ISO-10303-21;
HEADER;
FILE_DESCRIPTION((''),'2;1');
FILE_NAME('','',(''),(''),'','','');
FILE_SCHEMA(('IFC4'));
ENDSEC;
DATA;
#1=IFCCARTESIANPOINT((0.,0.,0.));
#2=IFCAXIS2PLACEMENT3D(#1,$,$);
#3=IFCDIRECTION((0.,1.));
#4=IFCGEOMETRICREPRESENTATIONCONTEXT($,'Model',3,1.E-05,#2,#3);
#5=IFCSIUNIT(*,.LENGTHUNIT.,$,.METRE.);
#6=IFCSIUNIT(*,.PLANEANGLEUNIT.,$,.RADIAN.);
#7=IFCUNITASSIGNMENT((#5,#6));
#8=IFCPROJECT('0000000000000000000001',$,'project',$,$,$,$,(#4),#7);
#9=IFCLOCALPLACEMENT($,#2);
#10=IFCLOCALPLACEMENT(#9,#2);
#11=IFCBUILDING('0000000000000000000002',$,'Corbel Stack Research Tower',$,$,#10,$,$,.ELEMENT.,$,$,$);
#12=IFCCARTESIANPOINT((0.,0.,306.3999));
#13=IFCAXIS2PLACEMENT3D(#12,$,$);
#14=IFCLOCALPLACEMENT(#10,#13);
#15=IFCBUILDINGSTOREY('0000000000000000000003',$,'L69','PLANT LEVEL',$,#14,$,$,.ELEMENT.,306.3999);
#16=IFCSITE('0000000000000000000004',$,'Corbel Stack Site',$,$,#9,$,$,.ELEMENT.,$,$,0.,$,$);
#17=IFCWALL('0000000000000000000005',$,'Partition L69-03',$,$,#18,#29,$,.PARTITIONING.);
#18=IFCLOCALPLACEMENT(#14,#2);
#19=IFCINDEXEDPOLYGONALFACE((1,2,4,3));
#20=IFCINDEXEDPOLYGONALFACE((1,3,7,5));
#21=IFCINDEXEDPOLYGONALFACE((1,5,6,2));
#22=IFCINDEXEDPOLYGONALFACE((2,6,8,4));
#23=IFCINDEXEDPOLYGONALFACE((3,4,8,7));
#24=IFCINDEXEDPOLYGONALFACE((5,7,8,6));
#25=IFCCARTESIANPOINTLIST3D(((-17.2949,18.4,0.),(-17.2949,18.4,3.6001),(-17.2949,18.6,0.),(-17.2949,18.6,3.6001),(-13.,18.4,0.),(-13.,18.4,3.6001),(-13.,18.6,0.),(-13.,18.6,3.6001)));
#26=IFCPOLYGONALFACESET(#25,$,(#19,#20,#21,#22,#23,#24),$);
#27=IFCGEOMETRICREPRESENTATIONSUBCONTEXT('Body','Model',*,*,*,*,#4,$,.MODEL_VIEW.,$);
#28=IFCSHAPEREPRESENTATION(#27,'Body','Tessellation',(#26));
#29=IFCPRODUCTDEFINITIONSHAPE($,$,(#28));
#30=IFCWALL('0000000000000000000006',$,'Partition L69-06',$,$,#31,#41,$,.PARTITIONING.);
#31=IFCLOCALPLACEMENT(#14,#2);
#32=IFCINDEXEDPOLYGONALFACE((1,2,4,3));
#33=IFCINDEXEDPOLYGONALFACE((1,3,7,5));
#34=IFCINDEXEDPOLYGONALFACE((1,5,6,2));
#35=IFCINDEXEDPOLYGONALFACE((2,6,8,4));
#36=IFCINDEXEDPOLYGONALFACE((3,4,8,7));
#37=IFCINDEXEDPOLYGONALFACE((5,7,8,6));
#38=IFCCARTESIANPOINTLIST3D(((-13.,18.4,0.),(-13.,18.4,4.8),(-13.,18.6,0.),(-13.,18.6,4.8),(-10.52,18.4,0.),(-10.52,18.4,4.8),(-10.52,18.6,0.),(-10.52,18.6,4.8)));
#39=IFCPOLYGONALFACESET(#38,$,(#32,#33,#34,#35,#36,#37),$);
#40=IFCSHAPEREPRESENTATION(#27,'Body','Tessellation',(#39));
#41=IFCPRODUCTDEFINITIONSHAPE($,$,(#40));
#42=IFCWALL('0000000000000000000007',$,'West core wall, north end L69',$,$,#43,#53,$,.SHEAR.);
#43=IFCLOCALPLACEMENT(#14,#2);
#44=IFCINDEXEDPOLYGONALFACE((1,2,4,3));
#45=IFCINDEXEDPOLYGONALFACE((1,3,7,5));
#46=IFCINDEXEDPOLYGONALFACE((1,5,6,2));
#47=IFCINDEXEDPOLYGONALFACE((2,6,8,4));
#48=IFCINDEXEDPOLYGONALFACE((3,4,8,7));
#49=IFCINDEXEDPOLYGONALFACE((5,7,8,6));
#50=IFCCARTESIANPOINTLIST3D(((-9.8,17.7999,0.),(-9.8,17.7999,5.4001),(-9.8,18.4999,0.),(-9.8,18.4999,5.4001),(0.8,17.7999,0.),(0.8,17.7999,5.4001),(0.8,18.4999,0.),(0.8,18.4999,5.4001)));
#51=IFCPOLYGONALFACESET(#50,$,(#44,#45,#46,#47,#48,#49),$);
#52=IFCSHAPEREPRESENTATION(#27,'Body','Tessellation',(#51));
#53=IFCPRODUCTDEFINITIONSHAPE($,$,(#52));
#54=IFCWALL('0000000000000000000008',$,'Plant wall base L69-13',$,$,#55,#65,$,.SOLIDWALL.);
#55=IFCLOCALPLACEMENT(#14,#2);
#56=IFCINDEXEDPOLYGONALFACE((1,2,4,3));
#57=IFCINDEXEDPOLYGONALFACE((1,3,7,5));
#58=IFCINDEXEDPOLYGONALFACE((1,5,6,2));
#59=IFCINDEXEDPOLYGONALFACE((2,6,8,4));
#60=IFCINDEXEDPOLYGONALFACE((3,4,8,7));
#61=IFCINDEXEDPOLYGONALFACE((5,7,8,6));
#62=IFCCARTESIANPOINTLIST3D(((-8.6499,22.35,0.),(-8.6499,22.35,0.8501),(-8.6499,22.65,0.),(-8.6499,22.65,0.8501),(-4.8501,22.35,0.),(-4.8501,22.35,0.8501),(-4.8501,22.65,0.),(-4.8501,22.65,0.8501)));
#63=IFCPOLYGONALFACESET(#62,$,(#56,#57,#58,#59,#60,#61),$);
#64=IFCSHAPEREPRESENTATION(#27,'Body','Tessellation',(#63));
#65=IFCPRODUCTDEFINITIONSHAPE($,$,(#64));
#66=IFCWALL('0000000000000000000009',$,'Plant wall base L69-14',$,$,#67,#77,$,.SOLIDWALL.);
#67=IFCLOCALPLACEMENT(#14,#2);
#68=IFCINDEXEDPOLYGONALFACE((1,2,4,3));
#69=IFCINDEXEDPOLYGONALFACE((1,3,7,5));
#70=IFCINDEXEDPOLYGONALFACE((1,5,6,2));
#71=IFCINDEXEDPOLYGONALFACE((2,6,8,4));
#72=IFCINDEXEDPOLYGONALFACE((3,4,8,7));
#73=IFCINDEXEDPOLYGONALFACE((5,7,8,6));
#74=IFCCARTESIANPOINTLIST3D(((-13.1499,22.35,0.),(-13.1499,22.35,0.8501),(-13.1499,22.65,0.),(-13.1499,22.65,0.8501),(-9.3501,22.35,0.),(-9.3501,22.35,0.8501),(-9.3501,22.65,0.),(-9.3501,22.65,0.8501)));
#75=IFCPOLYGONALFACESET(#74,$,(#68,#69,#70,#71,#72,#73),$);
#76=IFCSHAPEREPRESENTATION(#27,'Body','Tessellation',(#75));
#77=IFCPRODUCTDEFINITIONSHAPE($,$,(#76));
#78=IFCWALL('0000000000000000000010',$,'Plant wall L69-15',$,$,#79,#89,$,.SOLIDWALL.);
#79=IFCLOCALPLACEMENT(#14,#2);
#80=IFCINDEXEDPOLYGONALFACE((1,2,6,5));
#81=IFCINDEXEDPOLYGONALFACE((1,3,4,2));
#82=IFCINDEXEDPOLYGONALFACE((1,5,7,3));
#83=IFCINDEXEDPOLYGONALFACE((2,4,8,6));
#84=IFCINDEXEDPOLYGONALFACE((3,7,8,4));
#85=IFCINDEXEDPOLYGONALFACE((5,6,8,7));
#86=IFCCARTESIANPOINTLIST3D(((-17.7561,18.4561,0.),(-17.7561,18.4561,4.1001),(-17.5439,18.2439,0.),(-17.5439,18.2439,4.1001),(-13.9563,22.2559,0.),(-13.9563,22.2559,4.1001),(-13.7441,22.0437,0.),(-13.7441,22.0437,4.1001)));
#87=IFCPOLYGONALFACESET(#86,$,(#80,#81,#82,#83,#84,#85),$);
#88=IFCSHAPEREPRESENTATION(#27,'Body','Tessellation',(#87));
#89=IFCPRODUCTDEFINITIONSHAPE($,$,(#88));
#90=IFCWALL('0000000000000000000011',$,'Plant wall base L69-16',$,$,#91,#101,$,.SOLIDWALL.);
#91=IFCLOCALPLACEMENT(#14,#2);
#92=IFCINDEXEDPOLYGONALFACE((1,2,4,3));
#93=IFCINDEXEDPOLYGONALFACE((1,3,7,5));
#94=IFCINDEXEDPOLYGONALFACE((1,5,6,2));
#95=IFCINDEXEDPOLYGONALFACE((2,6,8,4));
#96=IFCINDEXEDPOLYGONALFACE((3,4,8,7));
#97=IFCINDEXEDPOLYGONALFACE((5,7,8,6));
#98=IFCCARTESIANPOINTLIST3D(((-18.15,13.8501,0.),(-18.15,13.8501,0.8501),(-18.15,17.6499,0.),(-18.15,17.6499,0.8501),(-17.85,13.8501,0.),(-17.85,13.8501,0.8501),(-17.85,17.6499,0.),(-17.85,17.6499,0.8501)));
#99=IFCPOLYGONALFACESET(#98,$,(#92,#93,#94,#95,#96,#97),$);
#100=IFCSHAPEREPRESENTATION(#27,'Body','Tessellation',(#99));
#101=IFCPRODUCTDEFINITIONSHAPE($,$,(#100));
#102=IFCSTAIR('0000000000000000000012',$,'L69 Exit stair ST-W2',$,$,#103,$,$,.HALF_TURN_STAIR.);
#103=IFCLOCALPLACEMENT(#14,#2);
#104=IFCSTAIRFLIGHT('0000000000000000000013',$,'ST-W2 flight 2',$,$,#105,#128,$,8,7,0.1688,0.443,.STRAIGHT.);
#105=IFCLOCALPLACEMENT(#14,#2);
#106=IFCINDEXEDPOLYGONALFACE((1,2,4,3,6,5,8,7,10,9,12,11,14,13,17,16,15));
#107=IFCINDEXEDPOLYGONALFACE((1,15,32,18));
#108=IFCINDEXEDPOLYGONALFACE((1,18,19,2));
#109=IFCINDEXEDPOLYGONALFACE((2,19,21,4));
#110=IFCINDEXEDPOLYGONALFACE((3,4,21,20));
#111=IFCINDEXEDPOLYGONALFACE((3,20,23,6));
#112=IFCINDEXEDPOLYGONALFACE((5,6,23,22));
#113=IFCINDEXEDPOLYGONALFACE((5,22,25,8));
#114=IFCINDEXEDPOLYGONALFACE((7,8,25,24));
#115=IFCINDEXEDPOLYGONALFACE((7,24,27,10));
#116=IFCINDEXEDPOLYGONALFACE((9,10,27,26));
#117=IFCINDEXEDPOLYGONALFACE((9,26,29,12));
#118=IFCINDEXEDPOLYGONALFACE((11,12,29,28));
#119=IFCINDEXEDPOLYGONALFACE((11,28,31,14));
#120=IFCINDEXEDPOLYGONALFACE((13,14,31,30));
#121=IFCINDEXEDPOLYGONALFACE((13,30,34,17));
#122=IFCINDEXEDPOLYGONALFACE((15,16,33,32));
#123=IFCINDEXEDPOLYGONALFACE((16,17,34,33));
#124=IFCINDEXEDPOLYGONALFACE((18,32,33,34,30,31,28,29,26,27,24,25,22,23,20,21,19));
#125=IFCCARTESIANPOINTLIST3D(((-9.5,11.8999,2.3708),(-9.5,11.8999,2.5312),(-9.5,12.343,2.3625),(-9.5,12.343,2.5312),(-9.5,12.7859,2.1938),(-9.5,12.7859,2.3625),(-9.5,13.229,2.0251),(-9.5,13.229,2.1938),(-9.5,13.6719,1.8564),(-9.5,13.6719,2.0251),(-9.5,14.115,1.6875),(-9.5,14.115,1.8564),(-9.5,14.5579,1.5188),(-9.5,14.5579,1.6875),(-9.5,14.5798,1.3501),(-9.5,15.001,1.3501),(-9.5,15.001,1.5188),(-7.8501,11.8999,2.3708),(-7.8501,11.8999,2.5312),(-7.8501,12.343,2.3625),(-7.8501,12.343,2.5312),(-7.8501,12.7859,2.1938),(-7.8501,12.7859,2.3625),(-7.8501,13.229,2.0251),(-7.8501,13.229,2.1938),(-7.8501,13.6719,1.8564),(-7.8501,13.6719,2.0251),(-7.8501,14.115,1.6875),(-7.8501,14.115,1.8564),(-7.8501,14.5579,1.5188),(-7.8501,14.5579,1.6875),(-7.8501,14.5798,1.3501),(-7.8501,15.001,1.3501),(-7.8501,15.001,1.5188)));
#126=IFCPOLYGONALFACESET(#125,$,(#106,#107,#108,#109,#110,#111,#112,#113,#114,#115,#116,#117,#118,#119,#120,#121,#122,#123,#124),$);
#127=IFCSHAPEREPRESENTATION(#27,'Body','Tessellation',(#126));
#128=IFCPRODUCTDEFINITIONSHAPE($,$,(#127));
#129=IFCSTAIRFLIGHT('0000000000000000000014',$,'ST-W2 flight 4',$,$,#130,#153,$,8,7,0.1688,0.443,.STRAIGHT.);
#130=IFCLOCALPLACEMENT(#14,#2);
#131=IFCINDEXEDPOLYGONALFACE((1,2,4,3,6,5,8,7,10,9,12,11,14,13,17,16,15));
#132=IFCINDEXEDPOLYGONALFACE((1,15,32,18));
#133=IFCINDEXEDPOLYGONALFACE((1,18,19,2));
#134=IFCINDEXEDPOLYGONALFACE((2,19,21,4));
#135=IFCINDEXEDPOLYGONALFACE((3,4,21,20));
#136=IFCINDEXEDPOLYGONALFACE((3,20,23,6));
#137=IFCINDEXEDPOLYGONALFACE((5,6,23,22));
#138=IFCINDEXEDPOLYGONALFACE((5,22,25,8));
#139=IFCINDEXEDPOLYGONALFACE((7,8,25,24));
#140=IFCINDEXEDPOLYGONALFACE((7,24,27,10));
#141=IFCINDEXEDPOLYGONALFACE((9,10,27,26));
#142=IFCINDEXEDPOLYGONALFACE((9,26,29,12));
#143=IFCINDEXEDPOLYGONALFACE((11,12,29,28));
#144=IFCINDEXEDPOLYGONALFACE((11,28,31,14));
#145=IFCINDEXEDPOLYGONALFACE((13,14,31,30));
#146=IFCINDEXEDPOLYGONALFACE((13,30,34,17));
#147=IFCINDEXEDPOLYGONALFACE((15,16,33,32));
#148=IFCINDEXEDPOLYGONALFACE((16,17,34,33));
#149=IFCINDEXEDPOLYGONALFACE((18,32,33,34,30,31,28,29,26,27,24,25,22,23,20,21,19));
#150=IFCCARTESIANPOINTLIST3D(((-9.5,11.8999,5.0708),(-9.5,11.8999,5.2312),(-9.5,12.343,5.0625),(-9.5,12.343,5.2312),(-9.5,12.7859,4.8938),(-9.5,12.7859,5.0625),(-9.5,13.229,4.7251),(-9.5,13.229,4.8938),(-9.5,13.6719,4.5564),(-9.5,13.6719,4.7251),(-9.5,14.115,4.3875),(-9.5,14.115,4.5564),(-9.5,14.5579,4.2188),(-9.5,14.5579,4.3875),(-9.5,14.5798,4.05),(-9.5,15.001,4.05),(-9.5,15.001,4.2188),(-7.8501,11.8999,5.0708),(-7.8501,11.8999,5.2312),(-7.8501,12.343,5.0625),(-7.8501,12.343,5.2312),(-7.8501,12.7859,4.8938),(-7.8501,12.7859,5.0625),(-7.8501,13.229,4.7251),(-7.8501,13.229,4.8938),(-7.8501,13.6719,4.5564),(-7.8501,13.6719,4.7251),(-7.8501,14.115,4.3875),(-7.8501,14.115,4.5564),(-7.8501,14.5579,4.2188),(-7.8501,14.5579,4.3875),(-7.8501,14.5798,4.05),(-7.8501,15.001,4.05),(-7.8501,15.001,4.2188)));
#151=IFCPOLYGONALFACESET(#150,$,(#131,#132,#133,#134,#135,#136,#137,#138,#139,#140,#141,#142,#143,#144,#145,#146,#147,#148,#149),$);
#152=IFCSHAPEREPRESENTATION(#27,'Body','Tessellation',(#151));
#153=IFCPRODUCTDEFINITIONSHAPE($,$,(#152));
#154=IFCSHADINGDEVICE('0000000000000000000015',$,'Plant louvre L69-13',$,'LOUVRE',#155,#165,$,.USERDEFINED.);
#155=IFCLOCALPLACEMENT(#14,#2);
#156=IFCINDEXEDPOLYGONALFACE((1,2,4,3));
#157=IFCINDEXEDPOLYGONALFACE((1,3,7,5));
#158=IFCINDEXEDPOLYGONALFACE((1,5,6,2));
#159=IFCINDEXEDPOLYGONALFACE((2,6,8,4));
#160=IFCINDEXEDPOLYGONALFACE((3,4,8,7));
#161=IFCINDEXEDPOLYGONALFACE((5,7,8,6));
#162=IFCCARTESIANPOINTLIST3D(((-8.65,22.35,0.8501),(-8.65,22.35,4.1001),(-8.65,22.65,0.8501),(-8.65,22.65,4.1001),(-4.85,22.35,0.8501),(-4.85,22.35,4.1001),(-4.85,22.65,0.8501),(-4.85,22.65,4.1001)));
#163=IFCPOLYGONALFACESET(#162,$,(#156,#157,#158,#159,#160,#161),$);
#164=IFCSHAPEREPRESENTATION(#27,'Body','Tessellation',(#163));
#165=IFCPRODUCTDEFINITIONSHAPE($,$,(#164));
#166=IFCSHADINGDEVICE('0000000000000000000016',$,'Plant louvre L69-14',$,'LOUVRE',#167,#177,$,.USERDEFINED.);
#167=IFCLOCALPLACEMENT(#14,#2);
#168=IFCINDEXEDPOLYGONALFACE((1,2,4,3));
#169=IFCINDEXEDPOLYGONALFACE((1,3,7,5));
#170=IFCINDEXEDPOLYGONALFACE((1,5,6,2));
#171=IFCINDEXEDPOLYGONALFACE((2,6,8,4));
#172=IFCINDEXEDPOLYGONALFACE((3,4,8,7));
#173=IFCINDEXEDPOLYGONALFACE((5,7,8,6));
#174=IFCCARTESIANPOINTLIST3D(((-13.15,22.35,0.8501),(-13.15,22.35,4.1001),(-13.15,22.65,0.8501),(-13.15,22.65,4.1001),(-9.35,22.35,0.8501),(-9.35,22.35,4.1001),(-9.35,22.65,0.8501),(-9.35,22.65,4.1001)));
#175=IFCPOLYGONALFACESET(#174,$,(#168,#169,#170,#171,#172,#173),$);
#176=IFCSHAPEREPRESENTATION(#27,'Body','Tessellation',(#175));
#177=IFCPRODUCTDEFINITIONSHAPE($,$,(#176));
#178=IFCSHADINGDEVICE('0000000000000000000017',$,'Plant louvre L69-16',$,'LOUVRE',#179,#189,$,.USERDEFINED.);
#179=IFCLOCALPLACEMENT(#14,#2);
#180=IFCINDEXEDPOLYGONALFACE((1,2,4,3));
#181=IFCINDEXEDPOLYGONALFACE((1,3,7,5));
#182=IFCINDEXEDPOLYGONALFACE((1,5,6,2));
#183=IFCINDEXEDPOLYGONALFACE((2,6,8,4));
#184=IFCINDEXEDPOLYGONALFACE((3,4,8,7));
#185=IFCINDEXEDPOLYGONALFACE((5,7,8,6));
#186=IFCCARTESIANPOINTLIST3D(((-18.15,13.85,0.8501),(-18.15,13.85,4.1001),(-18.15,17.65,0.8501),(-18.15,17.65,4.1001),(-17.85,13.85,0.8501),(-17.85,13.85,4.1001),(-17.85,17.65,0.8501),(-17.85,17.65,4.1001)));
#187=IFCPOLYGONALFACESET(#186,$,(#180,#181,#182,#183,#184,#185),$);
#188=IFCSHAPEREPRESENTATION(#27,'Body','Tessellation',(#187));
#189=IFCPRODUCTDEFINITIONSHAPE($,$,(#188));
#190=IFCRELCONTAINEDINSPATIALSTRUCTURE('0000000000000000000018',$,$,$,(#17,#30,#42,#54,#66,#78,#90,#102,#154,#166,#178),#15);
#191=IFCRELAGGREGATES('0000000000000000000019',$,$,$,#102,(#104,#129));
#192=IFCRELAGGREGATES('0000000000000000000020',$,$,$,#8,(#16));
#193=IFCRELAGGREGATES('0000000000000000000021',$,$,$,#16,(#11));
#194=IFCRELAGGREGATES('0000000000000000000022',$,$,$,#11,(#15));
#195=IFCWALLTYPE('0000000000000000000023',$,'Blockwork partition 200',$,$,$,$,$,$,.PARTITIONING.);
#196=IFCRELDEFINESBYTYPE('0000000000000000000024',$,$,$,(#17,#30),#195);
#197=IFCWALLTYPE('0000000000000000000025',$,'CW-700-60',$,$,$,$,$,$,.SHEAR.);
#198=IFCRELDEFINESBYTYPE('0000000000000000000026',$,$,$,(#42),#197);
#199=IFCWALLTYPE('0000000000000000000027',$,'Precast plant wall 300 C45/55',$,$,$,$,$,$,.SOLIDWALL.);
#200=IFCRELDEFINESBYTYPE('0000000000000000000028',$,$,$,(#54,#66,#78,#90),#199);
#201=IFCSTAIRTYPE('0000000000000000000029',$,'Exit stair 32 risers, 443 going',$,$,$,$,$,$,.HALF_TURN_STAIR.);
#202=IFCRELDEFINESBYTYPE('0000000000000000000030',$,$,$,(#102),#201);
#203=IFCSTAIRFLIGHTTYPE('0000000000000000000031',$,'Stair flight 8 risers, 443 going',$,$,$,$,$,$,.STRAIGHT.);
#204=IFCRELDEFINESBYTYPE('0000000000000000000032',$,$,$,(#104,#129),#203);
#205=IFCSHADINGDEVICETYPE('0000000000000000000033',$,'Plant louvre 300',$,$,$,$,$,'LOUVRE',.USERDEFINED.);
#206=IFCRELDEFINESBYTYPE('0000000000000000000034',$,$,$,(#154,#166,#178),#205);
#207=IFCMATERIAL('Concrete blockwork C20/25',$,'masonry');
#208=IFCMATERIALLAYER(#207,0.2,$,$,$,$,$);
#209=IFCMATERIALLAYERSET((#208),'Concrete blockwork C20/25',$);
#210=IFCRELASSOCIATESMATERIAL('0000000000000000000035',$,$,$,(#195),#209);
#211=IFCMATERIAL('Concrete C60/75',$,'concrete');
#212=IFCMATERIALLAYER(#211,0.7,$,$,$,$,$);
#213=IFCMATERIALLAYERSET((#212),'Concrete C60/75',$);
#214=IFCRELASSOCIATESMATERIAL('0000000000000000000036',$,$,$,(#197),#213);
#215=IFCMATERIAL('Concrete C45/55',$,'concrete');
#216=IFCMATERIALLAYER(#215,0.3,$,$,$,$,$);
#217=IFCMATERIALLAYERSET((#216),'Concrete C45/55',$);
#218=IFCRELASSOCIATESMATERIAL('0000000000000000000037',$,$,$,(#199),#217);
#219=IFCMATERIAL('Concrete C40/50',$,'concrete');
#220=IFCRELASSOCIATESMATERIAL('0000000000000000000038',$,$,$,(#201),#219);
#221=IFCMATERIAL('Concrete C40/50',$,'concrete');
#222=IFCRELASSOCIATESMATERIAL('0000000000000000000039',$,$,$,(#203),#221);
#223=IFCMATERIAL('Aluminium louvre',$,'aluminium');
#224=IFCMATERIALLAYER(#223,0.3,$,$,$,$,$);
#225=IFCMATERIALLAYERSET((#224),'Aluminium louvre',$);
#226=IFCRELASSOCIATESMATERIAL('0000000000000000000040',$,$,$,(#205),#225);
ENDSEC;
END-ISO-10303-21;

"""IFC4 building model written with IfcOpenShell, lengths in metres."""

from ifc_helpers import new_model, si_unit, direction, frame, frame_2d, origin, origin_2d, place, context, subcontext, project, spatial, polyline, rectangle, outline, extrude, material, layer, layer_set, type_object, element, aggregate, save


model = new_model("IFC4")

# Units and contexts
model_context = context("Model", 3, precision=1e-05, world=origin(), true_north=direction((0.0, 1.0)))
body_context = subcontext(model_context, "Body", "Model", "MODEL_VIEW")
ifc_project = project(units=[si_unit("LENGTHUNIT", "METRE"), si_unit("PLANEANGLEUNIT", "RADIAN")], contexts=[model_context])

# Site, building, storey
site_placement = place(None, origin())
site = spatial("IfcSite", under=ifc_project, at=site_placement, Name="Corbel Stack Site", CompositionType="ELEMENT", RefElevation=0.0)
building_placement = place(site_placement, origin())
building = spatial("IfcBuilding", under=site, at=building_placement, Name="Corbel Stack Research Tower", CompositionType="ELEMENT")
storey_placement = place(building_placement, frame((0.0, 0.0, 306.3999)))
storey = spatial("IfcBuildingStorey", under=building, at=storey_placement, Name="L69", Description="PLANT LEVEL", CompositionType="ELEMENT", Elevation=306.3999)

# Walls
ifc_material_1 = material(Name="Concrete blockwork C20/25", Category="masonry")
ifc_layer_1 = layer(ifc_material_1, 0.2)
ifc_layer_set_1 = layer_set([ifc_layer_1], Name="Concrete blockwork C20/25")
wall_type_1 = type_object("IfcWallType", Name="Blockwork partition 200", PredefinedType="PARTITIONING", material=ifc_layer_set_1)
wall_1_placement = place(storey_placement, frame((-17.2949, 18.5, 0.0), z_axis=(0.0, 0.0, 1.0), x_axis=(1.0, 0.0, 0.0)))
element("IfcWall", 1, at=wall_1_placement, inside=storey, type_object=wall_type_1, Name="Partition L69-03", PredefinedType="PARTITIONING", context=body_context, shape_type="SweptSolid", body=[
    extrude(rectangle(XDim=4.2949, YDim=0.2, at=frame_2d((2.1475, 0.0))), origin(), (0.0, 0.0, 1.0), 3.6001),
])
wall_2_placement = place(storey_placement, frame((-13.0, 18.5, 0.0), z_axis=(0.0, 0.0, 1.0), x_axis=(1.0, 0.0, 0.0)))
element("IfcWall", 2, at=wall_2_placement, inside=storey, type_object=wall_type_1, Name="Partition L69-06", PredefinedType="PARTITIONING", context=body_context, shape_type="SweptSolid", body=[
    extrude(rectangle(XDim=2.48, YDim=0.2, at=frame_2d((1.24, 0.0))), origin(), (0.0, 0.0, 1.0), 4.8),
])
ifc_material_2 = material(Name="Concrete C60/75", Category="concrete")
ifc_layer_2 = layer(ifc_material_2, 0.7)
ifc_layer_set_2 = layer_set([ifc_layer_2], Name="Concrete C60/75")
wall_type_2 = type_object("IfcWallType", Name="CW-700-60", PredefinedType="SHEAR", material=ifc_layer_set_2)
wall_3_placement = place(storey_placement, frame((-9.8, 18.1499, 0.0), z_axis=(0.0, 0.0, 1.0), x_axis=(1.0, 0.0, 0.0)))
element("IfcWall", 3, at=wall_3_placement, inside=storey, type_object=wall_type_2, Name="West core wall, north end L69", PredefinedType="SHEAR", context=body_context, shape_type="SweptSolid", body=[
    extrude(rectangle(XDim=10.6001, YDim=0.7, at=frame_2d((5.3, 0.0))), origin(), (0.0, 0.0, 1.0), 5.4001),
])
ifc_material_3 = material(Name="Concrete C45/55", Category="concrete")
ifc_layer_3 = layer(ifc_material_3, 0.3)
ifc_layer_set_3 = layer_set([ifc_layer_3], Name="Concrete C45/55")
wall_type_3 = type_object("IfcWallType", Name="Precast plant wall 300 C45/55", PredefinedType="SOLIDWALL", material=ifc_layer_set_3)
for number, where, z_axis, x_axis, name in (
    (4, (-4.8501, 22.5, 0.0), (0.0, 0.0, 1.0), (-1.0, 0.0, 0.0), "Plant wall base L69-13"),
    (5, (-9.3501, 22.5, 0.0), (0.0, 0.0, 1.0), (-1.0, 0.0, 0.0), "Plant wall base L69-14"),
):
    element("IfcWall", number, at=place(storey_placement, frame(where, z_axis=z_axis, x_axis=x_axis)), inside=storey, type_object=wall_type_3, Name=name, PredefinedType="SOLIDWALL", context=body_context, shape_type="SweptSolid", body=[
        extrude(rectangle(XDim=3.7998, YDim=0.3, at=frame_2d((1.8999, 0.0))), origin(), (0.0, 0.0, 1.0), 0.8501),
    ])
wall_4_placement = place(storey_placement, frame((-13.8501, 22.1499, 0.0), z_axis=(0.0, 0.0, 1.0), x_axis=(-0.707107, -0.707107, 0.0)))
element("IfcWall", 6, at=wall_4_placement, inside=storey, type_object=wall_type_3, Name="Plant wall L69-15", PredefinedType="SOLIDWALL", context=body_context, shape_type="SweptSolid", body=[
    extrude(rectangle(XDim=5.3738, YDim=0.3, at=frame_2d((2.687, 0.0))), origin(), (0.0, 0.0, 1.0), 4.1001),
])
wall_5_placement = place(storey_placement, frame((-18.0, 17.6499, 0.0), z_axis=(0.0, 0.0, 1.0), x_axis=(0.0, -1.0, 0.0)))
element("IfcWall", 7, at=wall_5_placement, inside=storey, type_object=wall_type_3, Name="Plant wall base L69-16", PredefinedType="SOLIDWALL", context=body_context, shape_type="SweptSolid", body=[
    extrude(rectangle(XDim=3.7998, YDim=0.3, at=frame_2d((1.8999, 0.0))), origin(), (0.0, 0.0, 1.0), 0.8501),
])

# Stair, stair flights
ifc_material_4 = material(Name="Concrete C40/50", Category="concrete")
stair_type = type_object("IfcStairType", Name="Exit stair 32 risers, 443 going", PredefinedType="HALF_TURN_STAIR", material=ifc_material_4)
stair_placement = place(storey_placement, origin())
stair = element("IfcStair", 8, at=stair_placement, inside=storey, type_object=stair_type, Name="L69 Exit stair ST-W2", PredefinedType="HALF_TURN_STAIR")
ifc_material_5 = material(Name="Concrete C40/50", Category="concrete")
stair_flight_type = type_object("IfcStairFlightType", Name="Stair flight 8 risers, 443 going", PredefinedType="STRAIGHT", material=ifc_material_5)
stair_flight_1_placement = place(storey_placement, frame((-8.675, 15.001, 1.3501), z_axis=(0.0, 0.0, 1.0), x_axis=(0.0, -1.0, 0.0)))
stair_flight_1 = element("IfcStairFlight", 9, at=stair_flight_1_placement, type_object=stair_flight_type, Name="ST-W2 flight 2", NumberOfRisers=8, NumberOfTreads=7, PredefinedType="STRAIGHT", RiserHeight=0.1688, TreadLength=0.443, context=body_context, shape_type="SweptSolid", body=[
    extrude(outline(polyline([(0.0, 0.0), (0.0, 0.1687), (0.4431, 0.1687), (0.4431, 0.3374), (0.886, 0.3374), (0.886, 0.5063), (1.3291, 0.5063), (1.3291, 0.675), (1.772, 0.675), (1.772, 0.8438), (2.2151, 0.8438), (2.2151, 1.0125), (2.658, 1.0125), (2.658, 1.1812), (3.1011, 1.1812), (3.1011, 1.3501), (3.1011, 1.0208), (0.4211, 0.0), (0.0, 0.0)])), frame((0.0, 0.825, 0.0), z_axis=(0.0, -1.0, 0.0), x_axis=(1.0, 0.0, 0.0)), (0.0, 0.0, 1.0), 1.6499),
])
stair_flight_2_placement = place(storey_placement, frame((-8.675, 15.001, 4.05), z_axis=(0.0, 0.0, 1.0), x_axis=(0.0, -1.0, 0.0)))
stair_flight_2 = element("IfcStairFlight", 10, at=stair_flight_2_placement, type_object=stair_flight_type, Name="ST-W2 flight 4", NumberOfRisers=8, NumberOfTreads=7, PredefinedType="STRAIGHT", RiserHeight=0.1688, TreadLength=0.443, context=body_context, shape_type="SweptSolid", body=[
    extrude(outline(polyline([(0.0, 0.0), (0.0, 0.1687), (0.4431, 0.1687), (0.4431, 0.3374), (0.886, 0.3374), (0.886, 0.5063), (1.3291, 0.5063), (1.3291, 0.675), (1.772, 0.675), (1.772, 0.8438), (2.2151, 0.8438), (2.2151, 1.0125), (2.658, 1.0125), (2.658, 1.1812), (3.1011, 1.1812), (3.1011, 1.3501), (3.1011, 1.0208), (0.4211, 0.0), (0.0, 0.0)])), frame((0.0, 0.825, 0.0), z_axis=(0.0, -1.0, 0.0), x_axis=(1.0, 0.0, 0.0)), (0.0, 0.0, 1.0), 1.6499),
])
aggregate(stair, [stair_flight_1, stair_flight_2])

# Shading devices
ifc_material_6 = material(Name="Aluminium louvre", Category="aluminium")
ifc_layer_4 = layer(ifc_material_6, 0.3)
ifc_layer_set_4 = layer_set([ifc_layer_4], Name="Aluminium louvre")
shading_device_type = type_object("IfcShadingDeviceType", Name="Plant louvre 300", ElementType="LOUVRE", PredefinedType="USERDEFINED", material=ifc_layer_set_4)
for number, where, z_axis, x_axis, name in (
    (11, (-6.75, 22.5, 0.8501), (0.0, 0.0, 1.0), (-1.0, 0.0, 0.0), "Plant louvre L69-13"),
    (12, (-11.25, 22.5, 0.8501), (0.0, 0.0, 1.0), (-1.0, 0.0, 0.0), "Plant louvre L69-14"),
    (13, (-18.0, 15.75, 0.8501), (0.0, 0.0, 1.0), (0.0, -1.0, 0.0), "Plant louvre L69-16"),
):
    element("IfcShadingDevice", number, at=place(storey_placement, frame(where, z_axis=z_axis, x_axis=x_axis)), inside=storey, type_object=shading_device_type, Name=name, ObjectType="LOUVRE", PredefinedType="USERDEFINED", context=body_context, shape_type="SweptSolid", body=[
        extrude(rectangle(XDim=3.8, YDim=0.3, at=origin_2d()), origin(), (0.0, 0.0, 1.0), 3.25),
    ])

save(model, "model.ifc")
